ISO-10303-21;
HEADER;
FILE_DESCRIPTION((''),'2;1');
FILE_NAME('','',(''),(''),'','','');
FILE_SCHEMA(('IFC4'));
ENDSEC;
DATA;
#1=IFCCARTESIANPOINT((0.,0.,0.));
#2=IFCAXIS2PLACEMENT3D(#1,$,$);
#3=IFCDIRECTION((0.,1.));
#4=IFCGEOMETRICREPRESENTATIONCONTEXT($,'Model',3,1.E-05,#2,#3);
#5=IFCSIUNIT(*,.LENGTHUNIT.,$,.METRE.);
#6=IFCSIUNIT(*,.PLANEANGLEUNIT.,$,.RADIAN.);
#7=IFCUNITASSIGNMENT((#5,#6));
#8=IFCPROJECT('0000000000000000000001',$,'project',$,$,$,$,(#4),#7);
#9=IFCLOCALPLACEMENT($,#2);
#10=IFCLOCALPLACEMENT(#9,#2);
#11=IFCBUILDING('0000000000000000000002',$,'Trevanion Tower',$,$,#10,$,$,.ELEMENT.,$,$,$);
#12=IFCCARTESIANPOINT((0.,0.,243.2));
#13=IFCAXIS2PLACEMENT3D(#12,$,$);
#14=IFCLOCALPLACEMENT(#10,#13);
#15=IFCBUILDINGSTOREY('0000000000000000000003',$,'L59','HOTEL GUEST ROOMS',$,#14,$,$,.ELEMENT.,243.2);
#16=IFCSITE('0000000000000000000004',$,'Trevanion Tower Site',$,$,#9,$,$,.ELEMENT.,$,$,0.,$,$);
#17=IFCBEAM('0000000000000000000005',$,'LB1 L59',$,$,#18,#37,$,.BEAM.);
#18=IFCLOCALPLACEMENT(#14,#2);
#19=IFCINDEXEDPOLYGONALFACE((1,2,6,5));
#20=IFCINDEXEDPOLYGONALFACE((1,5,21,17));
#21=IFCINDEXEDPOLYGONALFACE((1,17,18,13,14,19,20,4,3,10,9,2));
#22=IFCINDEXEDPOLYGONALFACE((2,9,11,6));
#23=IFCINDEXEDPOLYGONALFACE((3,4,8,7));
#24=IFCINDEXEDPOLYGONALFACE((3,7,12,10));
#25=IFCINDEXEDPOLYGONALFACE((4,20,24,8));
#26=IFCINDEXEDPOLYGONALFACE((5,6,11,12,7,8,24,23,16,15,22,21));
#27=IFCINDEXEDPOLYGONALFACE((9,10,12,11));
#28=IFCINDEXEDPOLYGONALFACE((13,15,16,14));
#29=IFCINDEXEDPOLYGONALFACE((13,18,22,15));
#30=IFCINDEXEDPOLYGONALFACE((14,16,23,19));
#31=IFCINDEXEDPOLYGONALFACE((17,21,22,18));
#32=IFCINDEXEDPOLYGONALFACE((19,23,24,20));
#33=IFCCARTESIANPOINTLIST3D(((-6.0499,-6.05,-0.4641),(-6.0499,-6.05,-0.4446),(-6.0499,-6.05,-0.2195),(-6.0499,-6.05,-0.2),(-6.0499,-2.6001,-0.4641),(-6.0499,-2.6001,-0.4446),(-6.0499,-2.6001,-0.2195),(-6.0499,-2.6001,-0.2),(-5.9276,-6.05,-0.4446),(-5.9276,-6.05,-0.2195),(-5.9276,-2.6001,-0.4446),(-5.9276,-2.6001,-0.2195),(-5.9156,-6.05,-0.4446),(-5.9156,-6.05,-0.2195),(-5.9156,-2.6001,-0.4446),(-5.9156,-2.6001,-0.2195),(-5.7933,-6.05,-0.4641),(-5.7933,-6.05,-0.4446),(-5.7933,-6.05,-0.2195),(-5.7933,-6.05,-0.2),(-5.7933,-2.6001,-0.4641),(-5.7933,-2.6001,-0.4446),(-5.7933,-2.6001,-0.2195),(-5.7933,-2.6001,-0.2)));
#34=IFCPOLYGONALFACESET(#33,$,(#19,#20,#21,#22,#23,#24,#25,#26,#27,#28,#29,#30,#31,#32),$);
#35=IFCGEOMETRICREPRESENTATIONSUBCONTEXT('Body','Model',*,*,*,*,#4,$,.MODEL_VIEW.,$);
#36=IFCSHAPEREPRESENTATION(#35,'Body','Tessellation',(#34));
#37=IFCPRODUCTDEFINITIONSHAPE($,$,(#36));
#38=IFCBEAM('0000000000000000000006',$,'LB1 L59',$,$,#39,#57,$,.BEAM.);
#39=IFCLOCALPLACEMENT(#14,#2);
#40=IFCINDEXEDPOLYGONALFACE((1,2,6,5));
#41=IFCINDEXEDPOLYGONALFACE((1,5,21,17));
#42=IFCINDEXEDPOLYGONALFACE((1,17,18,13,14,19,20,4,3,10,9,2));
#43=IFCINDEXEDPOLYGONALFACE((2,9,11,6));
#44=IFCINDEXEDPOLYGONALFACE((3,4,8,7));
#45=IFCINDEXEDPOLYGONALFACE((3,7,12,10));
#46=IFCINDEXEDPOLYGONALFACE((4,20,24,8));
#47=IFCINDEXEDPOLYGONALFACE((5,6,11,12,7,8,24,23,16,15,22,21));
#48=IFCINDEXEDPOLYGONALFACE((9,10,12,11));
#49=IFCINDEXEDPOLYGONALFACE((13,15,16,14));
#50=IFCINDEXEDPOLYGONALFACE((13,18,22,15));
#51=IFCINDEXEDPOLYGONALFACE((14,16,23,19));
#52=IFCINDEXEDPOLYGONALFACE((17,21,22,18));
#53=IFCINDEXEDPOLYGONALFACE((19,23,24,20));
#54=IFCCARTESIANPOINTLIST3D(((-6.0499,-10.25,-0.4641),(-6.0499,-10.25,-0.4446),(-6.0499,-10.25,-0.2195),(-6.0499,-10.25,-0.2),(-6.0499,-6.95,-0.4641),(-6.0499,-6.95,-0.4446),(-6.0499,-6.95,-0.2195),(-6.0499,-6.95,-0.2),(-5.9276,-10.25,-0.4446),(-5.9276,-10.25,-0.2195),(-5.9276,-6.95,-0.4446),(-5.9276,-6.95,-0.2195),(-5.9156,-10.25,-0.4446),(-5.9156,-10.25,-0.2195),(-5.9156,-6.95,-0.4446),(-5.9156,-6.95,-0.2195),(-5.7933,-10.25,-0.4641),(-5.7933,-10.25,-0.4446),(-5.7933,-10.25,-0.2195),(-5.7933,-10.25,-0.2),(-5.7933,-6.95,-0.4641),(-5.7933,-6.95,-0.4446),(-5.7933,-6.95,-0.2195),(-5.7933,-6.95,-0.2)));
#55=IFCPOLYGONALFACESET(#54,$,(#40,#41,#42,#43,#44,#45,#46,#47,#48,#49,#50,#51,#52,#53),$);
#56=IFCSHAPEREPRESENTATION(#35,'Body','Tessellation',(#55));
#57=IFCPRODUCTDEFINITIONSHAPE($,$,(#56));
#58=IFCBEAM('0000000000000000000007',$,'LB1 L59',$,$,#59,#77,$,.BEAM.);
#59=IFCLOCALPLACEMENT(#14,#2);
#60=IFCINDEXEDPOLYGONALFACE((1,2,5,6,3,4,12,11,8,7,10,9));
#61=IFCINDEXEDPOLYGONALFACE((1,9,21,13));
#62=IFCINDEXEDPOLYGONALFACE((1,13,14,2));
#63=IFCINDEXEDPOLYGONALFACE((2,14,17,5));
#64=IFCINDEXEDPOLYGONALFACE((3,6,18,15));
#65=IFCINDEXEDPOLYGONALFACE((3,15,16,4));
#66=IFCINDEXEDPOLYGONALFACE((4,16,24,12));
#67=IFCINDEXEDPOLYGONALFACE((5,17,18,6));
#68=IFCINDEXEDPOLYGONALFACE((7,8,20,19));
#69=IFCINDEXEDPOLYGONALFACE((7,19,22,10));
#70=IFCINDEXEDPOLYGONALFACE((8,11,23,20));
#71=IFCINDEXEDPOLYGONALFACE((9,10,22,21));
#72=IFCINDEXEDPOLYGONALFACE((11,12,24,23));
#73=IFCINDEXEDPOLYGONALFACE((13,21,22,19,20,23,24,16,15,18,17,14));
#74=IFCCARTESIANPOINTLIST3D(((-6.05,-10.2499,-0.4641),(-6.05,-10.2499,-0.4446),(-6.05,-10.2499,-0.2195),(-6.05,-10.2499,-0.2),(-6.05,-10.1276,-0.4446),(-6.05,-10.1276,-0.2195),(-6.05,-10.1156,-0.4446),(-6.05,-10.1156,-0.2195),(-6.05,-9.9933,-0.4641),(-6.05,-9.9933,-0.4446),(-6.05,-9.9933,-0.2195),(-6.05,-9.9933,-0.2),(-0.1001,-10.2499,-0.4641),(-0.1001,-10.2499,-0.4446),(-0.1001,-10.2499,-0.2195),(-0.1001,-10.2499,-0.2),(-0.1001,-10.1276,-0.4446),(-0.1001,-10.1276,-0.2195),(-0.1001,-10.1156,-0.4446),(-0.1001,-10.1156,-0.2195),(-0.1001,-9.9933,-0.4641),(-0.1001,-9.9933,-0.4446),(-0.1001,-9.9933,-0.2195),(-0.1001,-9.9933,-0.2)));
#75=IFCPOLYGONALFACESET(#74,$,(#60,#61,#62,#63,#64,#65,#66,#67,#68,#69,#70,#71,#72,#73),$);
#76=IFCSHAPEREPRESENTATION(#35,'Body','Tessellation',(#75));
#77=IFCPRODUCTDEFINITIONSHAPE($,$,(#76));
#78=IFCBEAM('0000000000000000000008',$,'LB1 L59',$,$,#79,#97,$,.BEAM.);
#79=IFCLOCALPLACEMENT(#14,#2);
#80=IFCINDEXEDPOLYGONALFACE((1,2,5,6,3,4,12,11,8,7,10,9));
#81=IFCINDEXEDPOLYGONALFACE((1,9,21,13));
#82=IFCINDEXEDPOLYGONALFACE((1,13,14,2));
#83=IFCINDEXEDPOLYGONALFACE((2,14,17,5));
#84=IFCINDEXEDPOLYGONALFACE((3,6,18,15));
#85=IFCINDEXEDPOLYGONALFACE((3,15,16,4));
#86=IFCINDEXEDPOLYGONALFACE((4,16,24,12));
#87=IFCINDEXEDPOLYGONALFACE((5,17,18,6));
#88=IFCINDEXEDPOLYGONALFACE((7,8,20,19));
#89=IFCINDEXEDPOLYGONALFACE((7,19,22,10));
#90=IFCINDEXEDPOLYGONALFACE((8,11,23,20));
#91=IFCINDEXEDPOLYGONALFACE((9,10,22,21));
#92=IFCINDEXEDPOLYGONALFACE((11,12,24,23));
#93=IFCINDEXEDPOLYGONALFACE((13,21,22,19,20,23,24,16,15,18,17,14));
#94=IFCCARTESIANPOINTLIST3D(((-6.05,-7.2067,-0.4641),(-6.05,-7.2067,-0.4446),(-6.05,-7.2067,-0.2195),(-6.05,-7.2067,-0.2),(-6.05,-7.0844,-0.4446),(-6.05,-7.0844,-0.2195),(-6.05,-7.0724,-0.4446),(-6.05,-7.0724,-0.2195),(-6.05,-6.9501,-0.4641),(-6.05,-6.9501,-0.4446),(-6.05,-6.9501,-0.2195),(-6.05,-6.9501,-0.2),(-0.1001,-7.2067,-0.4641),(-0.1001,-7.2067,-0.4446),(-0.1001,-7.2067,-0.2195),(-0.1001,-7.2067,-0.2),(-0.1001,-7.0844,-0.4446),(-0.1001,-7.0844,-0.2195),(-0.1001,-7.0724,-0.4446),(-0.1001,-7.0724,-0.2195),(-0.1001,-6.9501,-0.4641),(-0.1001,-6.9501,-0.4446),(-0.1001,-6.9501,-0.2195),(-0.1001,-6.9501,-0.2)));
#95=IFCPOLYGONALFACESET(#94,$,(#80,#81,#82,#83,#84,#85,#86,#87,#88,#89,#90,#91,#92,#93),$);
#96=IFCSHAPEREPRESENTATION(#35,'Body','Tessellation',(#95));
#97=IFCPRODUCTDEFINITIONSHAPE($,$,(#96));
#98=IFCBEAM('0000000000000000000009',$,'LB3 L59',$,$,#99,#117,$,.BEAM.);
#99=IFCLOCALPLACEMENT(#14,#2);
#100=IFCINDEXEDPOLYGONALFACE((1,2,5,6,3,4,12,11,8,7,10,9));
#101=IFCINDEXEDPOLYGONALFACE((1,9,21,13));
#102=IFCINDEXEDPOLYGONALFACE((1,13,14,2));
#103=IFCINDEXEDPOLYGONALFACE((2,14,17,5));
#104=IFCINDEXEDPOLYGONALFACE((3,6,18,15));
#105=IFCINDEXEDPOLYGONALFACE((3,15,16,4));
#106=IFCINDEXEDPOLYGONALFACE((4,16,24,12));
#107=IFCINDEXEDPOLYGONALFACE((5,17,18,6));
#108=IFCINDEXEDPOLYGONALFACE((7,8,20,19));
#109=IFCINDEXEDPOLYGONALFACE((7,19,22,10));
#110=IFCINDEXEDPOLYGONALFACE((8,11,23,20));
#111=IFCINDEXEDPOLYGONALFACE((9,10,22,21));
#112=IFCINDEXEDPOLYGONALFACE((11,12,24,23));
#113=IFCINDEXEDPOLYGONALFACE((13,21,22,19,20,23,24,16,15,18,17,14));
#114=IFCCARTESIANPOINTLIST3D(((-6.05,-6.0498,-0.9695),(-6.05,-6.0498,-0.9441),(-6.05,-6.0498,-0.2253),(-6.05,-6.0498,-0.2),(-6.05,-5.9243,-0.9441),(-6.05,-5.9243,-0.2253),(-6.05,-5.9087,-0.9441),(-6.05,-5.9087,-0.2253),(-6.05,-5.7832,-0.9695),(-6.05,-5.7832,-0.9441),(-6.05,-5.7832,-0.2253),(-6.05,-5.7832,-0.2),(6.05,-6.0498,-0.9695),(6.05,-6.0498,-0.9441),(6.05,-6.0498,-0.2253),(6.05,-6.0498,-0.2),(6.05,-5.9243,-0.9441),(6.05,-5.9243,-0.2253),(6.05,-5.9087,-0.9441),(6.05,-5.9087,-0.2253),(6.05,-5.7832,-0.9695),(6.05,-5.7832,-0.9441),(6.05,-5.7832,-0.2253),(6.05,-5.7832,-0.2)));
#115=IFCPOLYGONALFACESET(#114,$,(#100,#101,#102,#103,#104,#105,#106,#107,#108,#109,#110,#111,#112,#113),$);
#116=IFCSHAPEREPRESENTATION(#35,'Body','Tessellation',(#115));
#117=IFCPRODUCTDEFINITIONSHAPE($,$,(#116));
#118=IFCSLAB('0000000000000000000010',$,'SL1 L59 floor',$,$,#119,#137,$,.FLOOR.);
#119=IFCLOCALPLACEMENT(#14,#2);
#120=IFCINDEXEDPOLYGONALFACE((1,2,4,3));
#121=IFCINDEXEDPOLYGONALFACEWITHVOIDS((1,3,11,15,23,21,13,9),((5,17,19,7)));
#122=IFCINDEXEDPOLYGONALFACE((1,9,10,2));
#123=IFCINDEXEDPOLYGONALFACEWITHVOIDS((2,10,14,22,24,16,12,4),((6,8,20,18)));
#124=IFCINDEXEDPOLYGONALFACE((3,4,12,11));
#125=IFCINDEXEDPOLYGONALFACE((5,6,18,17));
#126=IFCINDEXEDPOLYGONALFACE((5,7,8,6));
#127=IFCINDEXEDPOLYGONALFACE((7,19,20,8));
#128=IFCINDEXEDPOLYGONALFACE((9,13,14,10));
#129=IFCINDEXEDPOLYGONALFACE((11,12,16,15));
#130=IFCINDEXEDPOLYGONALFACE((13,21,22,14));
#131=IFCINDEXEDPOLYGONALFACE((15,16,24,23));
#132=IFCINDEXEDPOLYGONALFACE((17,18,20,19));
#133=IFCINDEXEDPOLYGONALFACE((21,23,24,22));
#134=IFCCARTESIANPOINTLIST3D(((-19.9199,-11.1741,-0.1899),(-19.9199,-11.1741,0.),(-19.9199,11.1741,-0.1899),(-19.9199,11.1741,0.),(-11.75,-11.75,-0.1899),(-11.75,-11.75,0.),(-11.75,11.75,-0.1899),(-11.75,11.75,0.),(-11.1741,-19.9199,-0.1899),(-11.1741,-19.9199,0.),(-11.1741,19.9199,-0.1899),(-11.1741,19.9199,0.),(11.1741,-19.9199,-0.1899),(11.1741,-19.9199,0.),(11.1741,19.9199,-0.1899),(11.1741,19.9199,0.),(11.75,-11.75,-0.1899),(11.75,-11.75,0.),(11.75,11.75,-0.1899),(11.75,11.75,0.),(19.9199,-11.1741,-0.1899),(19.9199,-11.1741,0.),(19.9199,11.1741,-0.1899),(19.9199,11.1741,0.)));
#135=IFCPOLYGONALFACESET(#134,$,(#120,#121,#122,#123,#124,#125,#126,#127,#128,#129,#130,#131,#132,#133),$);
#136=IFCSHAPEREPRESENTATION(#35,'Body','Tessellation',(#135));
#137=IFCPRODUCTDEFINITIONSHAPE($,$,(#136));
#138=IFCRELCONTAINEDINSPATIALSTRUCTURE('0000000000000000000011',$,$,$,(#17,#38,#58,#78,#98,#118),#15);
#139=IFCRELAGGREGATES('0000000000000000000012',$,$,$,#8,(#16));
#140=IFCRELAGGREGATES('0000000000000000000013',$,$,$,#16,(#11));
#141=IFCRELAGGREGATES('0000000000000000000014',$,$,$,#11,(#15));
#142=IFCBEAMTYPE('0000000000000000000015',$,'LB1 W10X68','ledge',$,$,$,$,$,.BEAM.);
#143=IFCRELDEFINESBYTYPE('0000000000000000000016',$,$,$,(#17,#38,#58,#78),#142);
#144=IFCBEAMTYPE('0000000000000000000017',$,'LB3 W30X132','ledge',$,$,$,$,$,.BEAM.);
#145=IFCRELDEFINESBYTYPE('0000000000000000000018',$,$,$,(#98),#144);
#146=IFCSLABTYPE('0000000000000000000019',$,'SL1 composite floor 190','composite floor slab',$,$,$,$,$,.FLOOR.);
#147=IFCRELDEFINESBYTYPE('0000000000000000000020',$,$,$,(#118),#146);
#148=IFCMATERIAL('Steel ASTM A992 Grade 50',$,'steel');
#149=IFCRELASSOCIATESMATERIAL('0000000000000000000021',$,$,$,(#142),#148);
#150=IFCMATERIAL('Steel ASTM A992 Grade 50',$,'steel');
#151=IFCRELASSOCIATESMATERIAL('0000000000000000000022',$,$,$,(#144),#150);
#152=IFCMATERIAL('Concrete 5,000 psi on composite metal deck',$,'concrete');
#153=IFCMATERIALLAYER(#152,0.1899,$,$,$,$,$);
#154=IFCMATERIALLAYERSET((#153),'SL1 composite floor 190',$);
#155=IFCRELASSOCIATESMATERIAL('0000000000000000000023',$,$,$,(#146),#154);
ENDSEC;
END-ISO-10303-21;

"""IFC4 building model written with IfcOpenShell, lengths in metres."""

from ifc_helpers import new_model, si_unit, direction, frame, origin, origin_2d, place, context, subcontext, project, spatial, polyline, i_section, outline, extrude, material, layer, layer_set, material_profile, profile_set, type_object, element, save


model = new_model("IFC4")

# Units and contexts
model_context = context("Model", 3, precision=1e-05, world=origin(), true_north=direction((0.0, 1.0)))
body_context = subcontext(model_context, "Body", "Model", "MODEL_VIEW")
ifc_project = project(units=[si_unit("LENGTHUNIT", "METRE"), si_unit("PLANEANGLEUNIT", "RADIAN")], contexts=[model_context])

# Site, building, storey
site_placement = place(None, origin())
site = spatial("IfcSite", under=ifc_project, at=site_placement, Name="Trevanion Tower Site", CompositionType="ELEMENT", RefElevation=0.0)
building_placement = place(site_placement, origin())
building = spatial("IfcBuilding", under=site, at=building_placement, Name="Trevanion Tower", CompositionType="ELEMENT")
storey_placement = place(building_placement, frame((0.0, 0.0, 243.2)))
storey = spatial("IfcBuildingStorey", under=building, at=storey_placement, Name="L59", Description="HOTEL GUEST ROOMS", CompositionType="ELEMENT", Elevation=243.2)

# Beams
ifc_material_1 = material(Name="Steel ASTM A992 Grade 50", Category="steel")
ifc_material_profile_1 = material_profile(ifc_material_1, i_section(OverallWidth=0.2566, OverallDepth=0.2642, WebThickness=0.012, FlangeThickness=0.0195, at=origin_2d()), Name="W10X68")
ifc_profile_set_1 = profile_set([ifc_material_profile_1], Name="Steel ASTM A992 Grade 50")
beam_type_1 = type_object("IfcBeamType", Name="LB1 W10X68", Description="ledge", PredefinedType="BEAM", material=ifc_profile_set_1)
beam_1_placement = place(storey_placement, frame((-5.9216, -6.05, -0.332), z_axis=(0.0, 1.0, 0.0), x_axis=(-1.0, 0.0, 0.0)))
element("IfcBeam", 1, at=beam_1_placement, inside=storey, type_object=beam_type_1, Name="LB1 L59", PredefinedType="BEAM", context=body_context, shape_type="SweptSolid", body=[
    extrude(i_section(OverallWidth=0.2566, OverallDepth=0.2642, WebThickness=0.012, FlangeThickness=0.0195, at=origin_2d()), origin(), (0.0, 0.0, 1.0), 3.45),
])
beam_2_placement = place(storey_placement, frame((-5.9216, -10.25, -0.332), z_axis=(0.0, 1.0, 0.0), x_axis=(-1.0, 0.0, 0.0)))
element("IfcBeam", 2, at=beam_2_placement, inside=storey, type_object=beam_type_1, Name="LB1 L59", PredefinedType="BEAM", context=body_context, shape_type="SweptSolid", body=[
    extrude(i_section(OverallWidth=0.2566, OverallDepth=0.2642, WebThickness=0.012, FlangeThickness=0.0195, at=origin_2d()), origin(), (0.0, 0.0, 1.0), 3.3),
])
for number, where, z_axis, x_axis, name in (
    (3, (-6.05, -10.1216, -0.332), (1.0, 0.0, 0.0), (0.0, 1.0, 0.0), "LB1 L59"),
    (4, (-6.05, -7.0784, -0.332), (1.0, 0.0, 0.0), (0.0, 1.0, 0.0), "LB1 L59"),
):
    element("IfcBeam", number, at=place(storey_placement, frame(where, z_axis=z_axis, x_axis=x_axis)), inside=storey, type_object=beam_type_1, Name=name, PredefinedType="BEAM", context=body_context, shape_type="SweptSolid", body=[
        extrude(i_section(OverallWidth=0.2566, OverallDepth=0.2642, WebThickness=0.012, FlangeThickness=0.0195, at=origin_2d()), origin(), (0.0, 0.0, 1.0), 5.95),
    ])
ifc_material_2 = material(Name="Steel ASTM A992 Grade 50", Category="steel")
ifc_material_profile_2 = material_profile(ifc_material_2, i_section(OverallWidth=0.2666, OverallDepth=0.7695, WebThickness=0.0156, FlangeThickness=0.0254, at=origin_2d()), Name="W30X132")
ifc_profile_set_2 = profile_set([ifc_material_profile_2], Name="Steel ASTM A992 Grade 50")
beam_type_2 = type_object("IfcBeamType", Name="LB3 W30X132", Description="ledge", PredefinedType="BEAM", material=ifc_profile_set_2)
beam_3_placement = place(storey_placement, frame((-6.05, -5.9165, -0.5847), z_axis=(1.0, 0.0, 0.0), x_axis=(0.0, 1.0, 0.0)))
element("IfcBeam", 5, at=beam_3_placement, inside=storey, type_object=beam_type_2, Name="LB3 L59", PredefinedType="BEAM", context=body_context, shape_type="SweptSolid", body=[
    extrude(i_section(OverallWidth=0.2666, OverallDepth=0.7695, WebThickness=0.0156, FlangeThickness=0.0254, at=origin_2d()), origin(), (0.0, 0.0, 1.0), 12.1001),
])

# Slab
ifc_material_3 = material(Name="Concrete 5,000 psi on composite metal deck", Category="concrete")
ifc_layer_1 = layer(ifc_material_3, 0.1899)
ifc_layer_set_1 = layer_set([ifc_layer_1], Name="SL1 composite floor 190")
slab_type = type_object("IfcSlabType", Name="SL1 composite floor 190", Description="composite floor slab", PredefinedType="FLOOR", material=ifc_layer_set_1)
slab_placement = place(storey_placement, frame((0.0, 0.0, -0.1899)))
element("IfcSlab", 6, at=slab_placement, inside=storey, type_object=slab_type, Name="SL1 L59 floor", PredefinedType="FLOOR", context=body_context, shape_type="SweptSolid", body=[
    extrude(outline(polyline([(19.9199, -11.1741), (19.9199, 11.1741), (11.1741, 19.9199), (-11.1741, 19.9199), (-19.9199, 11.1741), (-19.9199, -11.1741), (-11.1741, -19.9199), (11.1741, -19.9199), (19.9199, -11.1741)]), holes=[polyline([(11.75, -11.75), (11.75, 11.75), (-11.75, 11.75), (-11.75, -11.75), (11.75, -11.75)])]), origin(), (0.0, 0.0, 1.0), 0.1899),
])

save(model, "model.ifc")
